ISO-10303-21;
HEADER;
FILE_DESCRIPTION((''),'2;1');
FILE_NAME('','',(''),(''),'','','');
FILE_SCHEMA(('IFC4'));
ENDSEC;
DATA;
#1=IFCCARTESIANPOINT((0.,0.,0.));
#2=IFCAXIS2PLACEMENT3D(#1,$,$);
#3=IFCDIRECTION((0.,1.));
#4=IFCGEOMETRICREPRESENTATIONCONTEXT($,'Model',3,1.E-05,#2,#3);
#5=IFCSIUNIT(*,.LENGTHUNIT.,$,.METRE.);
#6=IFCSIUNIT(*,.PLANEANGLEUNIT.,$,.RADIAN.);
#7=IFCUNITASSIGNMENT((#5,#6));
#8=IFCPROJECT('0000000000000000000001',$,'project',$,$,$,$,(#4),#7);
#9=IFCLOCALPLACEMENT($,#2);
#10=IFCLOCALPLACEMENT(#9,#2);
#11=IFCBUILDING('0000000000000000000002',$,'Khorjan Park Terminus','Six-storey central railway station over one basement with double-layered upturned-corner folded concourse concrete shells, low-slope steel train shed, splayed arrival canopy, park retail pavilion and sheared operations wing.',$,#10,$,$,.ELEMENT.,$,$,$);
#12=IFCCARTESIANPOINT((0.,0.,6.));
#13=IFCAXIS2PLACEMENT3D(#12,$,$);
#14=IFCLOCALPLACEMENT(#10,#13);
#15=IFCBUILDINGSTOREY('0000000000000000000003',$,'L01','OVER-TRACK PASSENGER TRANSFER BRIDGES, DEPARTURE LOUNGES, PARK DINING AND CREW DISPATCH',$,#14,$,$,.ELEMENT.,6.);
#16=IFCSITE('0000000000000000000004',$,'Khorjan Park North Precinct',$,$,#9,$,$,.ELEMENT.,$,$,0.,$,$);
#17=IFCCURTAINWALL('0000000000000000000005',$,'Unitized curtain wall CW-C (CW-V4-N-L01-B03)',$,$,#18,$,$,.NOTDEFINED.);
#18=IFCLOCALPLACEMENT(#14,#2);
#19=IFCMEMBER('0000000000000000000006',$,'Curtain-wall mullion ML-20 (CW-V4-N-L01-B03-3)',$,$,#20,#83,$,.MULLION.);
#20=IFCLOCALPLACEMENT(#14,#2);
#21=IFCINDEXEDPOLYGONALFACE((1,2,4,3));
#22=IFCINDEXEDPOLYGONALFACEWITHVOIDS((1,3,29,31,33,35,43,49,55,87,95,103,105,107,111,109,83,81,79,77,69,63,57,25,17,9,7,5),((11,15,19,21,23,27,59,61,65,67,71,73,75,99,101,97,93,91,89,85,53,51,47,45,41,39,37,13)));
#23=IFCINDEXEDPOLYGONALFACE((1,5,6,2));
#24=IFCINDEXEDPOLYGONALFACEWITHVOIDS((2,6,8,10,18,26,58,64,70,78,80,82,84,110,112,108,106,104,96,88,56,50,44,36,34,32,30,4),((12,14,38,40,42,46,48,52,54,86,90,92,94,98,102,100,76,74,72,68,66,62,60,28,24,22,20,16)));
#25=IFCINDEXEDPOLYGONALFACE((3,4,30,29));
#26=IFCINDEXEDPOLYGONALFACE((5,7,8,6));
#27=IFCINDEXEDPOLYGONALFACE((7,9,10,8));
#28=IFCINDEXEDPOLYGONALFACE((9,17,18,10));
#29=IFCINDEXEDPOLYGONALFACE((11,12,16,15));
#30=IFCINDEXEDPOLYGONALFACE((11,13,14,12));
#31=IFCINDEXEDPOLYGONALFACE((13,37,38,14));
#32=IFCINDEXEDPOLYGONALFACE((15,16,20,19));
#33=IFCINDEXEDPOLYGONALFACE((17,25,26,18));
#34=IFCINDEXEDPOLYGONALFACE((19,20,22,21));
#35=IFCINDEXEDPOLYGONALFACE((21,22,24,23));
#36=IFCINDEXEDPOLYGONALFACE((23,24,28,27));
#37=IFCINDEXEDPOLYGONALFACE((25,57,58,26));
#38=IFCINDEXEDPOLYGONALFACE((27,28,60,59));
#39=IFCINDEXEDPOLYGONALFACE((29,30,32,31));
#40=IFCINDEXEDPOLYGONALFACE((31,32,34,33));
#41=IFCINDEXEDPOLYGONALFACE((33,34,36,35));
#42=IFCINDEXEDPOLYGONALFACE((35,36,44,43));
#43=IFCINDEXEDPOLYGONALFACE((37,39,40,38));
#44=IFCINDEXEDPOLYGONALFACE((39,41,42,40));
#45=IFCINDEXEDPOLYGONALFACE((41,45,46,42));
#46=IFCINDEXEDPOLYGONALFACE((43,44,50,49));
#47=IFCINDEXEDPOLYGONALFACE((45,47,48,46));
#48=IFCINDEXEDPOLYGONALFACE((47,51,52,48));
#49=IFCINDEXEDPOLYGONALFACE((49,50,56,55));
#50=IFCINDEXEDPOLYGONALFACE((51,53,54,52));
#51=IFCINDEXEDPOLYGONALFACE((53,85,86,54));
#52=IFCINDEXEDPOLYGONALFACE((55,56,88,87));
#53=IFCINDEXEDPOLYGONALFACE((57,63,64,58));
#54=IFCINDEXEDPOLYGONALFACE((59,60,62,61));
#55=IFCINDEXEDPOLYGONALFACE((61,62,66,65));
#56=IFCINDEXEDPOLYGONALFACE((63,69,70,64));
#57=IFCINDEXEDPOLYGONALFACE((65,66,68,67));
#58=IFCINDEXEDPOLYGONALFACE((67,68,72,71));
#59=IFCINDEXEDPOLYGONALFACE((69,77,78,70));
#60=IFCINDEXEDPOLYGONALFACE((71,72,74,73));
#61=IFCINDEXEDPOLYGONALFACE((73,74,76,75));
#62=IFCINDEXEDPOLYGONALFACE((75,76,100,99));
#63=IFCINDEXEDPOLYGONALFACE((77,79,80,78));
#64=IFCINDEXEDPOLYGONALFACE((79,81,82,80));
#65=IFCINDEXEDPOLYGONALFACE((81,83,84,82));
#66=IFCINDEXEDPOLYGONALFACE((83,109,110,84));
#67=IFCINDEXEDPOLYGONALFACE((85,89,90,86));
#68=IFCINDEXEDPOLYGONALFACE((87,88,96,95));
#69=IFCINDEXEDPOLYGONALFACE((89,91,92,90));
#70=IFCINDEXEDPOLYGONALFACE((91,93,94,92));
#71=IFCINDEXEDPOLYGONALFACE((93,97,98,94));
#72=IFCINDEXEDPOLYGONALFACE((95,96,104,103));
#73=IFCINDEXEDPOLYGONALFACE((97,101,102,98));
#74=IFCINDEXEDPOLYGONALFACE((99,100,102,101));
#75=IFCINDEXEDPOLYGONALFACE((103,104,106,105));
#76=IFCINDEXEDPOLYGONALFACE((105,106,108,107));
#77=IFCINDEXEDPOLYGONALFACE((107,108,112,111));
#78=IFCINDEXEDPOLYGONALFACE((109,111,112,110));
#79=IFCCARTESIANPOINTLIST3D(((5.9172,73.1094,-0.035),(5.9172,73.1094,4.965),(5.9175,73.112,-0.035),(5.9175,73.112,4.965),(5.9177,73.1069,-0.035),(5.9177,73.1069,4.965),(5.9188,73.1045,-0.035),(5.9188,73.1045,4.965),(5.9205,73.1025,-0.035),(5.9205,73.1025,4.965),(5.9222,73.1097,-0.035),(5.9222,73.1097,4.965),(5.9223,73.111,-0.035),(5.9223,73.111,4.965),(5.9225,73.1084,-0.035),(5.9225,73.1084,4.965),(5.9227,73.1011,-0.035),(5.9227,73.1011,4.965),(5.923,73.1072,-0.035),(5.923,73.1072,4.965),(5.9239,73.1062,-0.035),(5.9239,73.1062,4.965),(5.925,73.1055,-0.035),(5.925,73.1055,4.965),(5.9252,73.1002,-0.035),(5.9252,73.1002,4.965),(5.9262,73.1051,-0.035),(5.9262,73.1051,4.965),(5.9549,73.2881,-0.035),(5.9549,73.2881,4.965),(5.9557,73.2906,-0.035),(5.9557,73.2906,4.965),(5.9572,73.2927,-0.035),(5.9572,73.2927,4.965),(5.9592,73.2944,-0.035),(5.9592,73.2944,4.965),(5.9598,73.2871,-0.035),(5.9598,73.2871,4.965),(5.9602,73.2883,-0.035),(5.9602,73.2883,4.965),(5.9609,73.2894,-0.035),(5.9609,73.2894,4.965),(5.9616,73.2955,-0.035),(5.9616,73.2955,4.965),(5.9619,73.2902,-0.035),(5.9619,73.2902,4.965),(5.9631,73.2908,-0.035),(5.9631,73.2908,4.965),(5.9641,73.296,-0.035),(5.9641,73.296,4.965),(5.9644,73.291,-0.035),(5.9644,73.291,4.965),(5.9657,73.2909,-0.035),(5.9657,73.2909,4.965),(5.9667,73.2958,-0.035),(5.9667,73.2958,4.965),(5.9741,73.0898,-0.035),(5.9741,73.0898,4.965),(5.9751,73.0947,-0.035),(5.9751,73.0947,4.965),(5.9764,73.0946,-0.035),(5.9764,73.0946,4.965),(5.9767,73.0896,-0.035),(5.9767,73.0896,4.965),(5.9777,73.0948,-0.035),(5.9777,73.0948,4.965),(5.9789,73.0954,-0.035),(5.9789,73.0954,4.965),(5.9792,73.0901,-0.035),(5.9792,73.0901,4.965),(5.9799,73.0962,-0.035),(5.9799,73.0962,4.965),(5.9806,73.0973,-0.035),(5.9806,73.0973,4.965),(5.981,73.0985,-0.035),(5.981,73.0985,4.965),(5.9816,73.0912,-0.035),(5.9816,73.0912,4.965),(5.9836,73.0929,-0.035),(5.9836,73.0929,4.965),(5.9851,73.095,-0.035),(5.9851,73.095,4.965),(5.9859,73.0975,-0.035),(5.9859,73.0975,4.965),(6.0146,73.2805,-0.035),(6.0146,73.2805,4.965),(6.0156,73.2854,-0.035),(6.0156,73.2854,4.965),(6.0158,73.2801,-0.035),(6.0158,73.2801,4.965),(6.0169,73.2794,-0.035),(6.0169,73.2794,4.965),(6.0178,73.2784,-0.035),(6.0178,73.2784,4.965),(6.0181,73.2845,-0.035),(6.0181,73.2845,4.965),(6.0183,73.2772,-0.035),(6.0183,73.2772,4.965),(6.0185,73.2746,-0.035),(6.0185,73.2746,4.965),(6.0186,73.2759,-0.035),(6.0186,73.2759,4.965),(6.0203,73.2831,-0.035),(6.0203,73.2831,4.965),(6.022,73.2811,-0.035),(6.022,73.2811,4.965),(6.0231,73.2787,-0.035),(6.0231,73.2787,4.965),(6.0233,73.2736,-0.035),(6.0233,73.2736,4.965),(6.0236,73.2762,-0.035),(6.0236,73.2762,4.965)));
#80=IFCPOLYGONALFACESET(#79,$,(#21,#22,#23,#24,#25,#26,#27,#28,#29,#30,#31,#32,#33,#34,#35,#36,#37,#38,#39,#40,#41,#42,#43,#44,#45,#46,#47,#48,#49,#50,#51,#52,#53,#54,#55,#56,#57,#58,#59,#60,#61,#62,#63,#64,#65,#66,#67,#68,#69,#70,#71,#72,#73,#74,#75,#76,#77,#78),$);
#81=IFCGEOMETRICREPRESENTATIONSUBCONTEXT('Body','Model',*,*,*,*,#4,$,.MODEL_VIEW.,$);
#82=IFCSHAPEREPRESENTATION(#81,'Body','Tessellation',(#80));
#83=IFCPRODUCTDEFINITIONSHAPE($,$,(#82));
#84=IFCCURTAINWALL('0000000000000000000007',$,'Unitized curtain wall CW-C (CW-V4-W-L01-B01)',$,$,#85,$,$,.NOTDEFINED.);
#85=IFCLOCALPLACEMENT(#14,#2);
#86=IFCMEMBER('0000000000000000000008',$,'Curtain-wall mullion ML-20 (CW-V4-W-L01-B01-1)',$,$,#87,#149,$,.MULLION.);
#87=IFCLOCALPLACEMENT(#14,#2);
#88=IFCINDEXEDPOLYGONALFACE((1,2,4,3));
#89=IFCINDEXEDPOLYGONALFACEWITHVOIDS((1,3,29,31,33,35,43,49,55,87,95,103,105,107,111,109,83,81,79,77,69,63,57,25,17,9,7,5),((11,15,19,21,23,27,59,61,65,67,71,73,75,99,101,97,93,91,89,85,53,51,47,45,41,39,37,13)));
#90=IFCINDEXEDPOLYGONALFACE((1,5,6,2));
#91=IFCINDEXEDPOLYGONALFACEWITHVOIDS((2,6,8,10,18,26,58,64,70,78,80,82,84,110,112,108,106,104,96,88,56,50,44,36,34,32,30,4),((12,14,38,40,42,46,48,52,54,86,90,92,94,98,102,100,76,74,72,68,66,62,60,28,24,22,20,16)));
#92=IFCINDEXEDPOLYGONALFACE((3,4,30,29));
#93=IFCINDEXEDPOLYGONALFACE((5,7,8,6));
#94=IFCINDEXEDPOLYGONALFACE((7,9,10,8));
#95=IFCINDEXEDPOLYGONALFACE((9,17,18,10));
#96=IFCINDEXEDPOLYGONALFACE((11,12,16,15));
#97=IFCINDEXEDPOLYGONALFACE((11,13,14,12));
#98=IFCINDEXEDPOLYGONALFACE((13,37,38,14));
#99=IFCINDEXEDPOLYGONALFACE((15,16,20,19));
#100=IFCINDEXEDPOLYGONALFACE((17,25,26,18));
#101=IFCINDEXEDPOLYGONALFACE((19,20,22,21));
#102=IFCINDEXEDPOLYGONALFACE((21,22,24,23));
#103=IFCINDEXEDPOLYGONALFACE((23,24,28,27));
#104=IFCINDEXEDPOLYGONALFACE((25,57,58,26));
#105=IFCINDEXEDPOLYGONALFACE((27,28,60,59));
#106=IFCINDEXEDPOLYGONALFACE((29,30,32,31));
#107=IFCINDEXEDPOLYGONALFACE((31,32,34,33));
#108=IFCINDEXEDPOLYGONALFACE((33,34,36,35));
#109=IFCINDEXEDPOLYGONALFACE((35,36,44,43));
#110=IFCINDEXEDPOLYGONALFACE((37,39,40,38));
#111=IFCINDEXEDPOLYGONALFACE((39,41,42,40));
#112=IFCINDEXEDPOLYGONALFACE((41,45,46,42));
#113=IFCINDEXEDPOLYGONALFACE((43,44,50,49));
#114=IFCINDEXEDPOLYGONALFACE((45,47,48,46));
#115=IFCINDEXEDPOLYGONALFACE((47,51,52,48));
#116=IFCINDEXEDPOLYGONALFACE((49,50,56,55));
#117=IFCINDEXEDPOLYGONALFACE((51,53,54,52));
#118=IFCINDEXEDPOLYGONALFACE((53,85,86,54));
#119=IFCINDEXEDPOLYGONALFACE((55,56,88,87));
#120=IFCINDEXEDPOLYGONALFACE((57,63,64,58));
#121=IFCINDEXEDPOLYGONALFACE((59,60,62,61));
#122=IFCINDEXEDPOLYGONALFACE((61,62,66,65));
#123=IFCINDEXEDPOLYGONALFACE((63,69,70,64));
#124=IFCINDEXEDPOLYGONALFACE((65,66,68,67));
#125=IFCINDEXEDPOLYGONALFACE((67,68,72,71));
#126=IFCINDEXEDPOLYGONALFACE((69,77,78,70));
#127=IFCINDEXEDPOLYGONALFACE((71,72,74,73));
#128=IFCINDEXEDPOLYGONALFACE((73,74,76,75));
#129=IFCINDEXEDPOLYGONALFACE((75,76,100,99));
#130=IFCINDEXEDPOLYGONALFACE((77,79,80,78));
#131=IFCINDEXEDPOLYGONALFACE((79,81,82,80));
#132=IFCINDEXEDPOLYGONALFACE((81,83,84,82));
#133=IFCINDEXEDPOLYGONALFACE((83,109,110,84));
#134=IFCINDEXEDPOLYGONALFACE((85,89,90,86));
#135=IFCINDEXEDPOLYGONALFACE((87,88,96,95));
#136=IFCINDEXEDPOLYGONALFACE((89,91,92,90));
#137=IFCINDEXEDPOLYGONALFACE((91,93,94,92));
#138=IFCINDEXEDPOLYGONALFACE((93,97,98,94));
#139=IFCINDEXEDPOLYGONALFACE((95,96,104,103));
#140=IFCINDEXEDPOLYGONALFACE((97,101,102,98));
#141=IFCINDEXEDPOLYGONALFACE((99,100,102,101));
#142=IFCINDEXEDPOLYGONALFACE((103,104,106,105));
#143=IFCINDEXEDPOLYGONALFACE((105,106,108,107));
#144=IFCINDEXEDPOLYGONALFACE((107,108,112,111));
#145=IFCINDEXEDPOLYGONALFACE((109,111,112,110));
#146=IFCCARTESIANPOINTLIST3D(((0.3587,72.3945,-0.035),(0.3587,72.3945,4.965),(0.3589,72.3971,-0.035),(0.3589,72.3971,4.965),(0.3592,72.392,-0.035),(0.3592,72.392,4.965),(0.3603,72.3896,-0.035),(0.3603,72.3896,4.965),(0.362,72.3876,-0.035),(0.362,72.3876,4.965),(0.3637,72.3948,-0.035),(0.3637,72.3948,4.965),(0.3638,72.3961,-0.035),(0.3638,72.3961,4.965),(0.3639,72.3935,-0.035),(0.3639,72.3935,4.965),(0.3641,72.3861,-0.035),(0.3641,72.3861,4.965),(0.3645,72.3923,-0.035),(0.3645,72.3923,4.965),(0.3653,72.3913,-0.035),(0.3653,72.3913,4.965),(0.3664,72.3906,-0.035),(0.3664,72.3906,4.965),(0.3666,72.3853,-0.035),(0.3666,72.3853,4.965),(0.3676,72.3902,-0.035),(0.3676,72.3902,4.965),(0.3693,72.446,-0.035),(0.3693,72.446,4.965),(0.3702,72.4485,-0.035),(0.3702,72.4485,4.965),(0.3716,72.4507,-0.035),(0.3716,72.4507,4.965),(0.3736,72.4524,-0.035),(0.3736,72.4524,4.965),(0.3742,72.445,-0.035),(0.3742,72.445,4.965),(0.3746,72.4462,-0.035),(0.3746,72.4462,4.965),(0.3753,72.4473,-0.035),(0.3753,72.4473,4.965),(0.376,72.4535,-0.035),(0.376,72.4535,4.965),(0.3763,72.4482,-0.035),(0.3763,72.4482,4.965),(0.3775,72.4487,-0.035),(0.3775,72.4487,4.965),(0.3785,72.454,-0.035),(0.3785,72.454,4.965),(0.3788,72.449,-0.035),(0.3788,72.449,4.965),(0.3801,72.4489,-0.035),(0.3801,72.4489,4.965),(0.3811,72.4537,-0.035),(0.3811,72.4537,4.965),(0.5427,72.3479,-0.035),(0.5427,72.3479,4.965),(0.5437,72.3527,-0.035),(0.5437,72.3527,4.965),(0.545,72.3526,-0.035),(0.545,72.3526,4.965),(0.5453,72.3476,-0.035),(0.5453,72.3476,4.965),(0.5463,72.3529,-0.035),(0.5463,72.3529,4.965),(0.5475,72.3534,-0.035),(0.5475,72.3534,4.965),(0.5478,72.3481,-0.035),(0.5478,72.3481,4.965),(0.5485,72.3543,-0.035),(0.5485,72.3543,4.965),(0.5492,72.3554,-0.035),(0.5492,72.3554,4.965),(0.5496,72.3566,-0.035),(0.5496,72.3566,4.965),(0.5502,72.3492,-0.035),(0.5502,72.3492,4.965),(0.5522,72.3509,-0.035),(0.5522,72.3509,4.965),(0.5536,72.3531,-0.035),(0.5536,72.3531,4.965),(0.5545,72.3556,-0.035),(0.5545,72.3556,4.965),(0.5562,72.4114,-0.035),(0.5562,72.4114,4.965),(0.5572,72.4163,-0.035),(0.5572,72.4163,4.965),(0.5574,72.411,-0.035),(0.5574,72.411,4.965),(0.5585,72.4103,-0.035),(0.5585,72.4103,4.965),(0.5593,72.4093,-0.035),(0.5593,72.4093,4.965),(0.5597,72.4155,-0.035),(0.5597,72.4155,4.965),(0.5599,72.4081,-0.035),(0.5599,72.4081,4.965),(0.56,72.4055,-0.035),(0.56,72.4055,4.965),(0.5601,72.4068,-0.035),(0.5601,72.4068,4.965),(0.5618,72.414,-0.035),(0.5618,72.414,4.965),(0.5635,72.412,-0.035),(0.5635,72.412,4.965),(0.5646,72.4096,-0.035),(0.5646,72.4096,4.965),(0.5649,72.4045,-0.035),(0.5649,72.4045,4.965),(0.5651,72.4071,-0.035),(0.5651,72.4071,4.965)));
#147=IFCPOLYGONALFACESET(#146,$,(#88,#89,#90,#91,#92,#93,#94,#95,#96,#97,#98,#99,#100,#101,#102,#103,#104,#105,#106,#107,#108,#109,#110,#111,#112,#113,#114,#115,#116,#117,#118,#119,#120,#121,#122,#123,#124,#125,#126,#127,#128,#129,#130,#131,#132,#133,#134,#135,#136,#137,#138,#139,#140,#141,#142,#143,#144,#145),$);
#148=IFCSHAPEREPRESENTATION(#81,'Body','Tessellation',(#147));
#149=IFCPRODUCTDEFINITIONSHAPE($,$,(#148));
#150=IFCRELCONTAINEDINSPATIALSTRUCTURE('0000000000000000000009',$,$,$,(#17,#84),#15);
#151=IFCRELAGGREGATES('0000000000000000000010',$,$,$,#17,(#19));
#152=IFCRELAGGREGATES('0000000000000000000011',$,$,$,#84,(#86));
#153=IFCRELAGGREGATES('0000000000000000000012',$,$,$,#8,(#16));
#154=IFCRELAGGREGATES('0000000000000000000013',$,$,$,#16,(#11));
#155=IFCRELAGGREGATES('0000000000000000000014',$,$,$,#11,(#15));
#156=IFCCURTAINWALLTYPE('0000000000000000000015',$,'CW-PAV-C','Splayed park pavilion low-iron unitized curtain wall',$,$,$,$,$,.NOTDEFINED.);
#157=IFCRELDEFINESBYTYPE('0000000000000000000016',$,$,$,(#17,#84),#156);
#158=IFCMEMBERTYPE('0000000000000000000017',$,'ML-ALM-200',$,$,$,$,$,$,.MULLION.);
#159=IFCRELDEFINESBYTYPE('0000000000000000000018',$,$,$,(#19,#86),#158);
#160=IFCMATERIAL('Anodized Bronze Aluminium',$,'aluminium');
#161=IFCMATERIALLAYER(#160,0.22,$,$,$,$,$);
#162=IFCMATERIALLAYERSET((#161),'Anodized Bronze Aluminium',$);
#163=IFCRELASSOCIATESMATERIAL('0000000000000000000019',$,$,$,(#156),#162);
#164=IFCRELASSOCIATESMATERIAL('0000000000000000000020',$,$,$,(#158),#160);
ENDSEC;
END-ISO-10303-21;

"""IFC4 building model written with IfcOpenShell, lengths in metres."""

from ifc_helpers import new_model, si_unit, direction, frame, origin, origin_2d, place, context, subcontext, project, spatial, hollow_rectangle, extrude, material, layer, layer_set, material_profile, profile_set, type_object, element, aggregate, save


model = new_model("IFC4")

# Units and contexts
model_context = context("Model", 3, precision=1e-05, world=origin(), true_north=direction((0.0, 1.0)))
body_context = subcontext(model_context, "Body", "Model", "MODEL_VIEW")
ifc_project = project(units=[si_unit("LENGTHUNIT", "METRE"), si_unit("PLANEANGLEUNIT", "RADIAN")], contexts=[model_context])

# Site, building, storey
site_placement = place(None, origin())
site = spatial("IfcSite", under=ifc_project, at=site_placement, Name="Khorjan Park North Precinct", CompositionType="ELEMENT", RefElevation=0.0)
building_placement = place(site_placement, origin())
building = spatial("IfcBuilding", under=site, at=building_placement, Name="Khorjan Park Terminus", Description="Six-storey central railway station over one basement with double-layered upturned-corner folded concourse concrete shells, low-slope steel train shed, splayed arrival canopy, park retail pavilion and sheared operations wing.", CompositionType="ELEMENT")
storey_placement = place(building_placement, frame((0.0, 0.0, 6.0)))
storey = spatial("IfcBuildingStorey", under=building, at=storey_placement, Name="L01", Description="OVER-TRACK PASSENGER TRANSFER BRIDGES, DEPARTURE LOUNGES, PARK DINING AND CREW DISPATCH", CompositionType="ELEMENT", Elevation=6.0)

# Curtain wall, member
ifc_material_1 = material(Name="Anodized Bronze Aluminium", Category="aluminium")
ifc_layer_1 = layer(ifc_material_1, 0.22)
ifc_layer_set_1 = layer_set([ifc_layer_1], Name="Anodized Bronze Aluminium")
curtain_wall_type = type_object("IfcCurtainWallType", Name="CW-PAV-C", Description="Splayed park pavilion low-iron unitized curtain wall", PredefinedType="NOTDEFINED", material=ifc_layer_set_1)
curtain_wall_1_placement = place(storey_placement, origin())
curtain_wall_1 = element("IfcCurtainWall", 1, at=curtain_wall_1_placement, inside=storey, type_object=curtain_wall_type, Name="Unitized curtain wall CW-C (CW-V4-N-L01-B03)", PredefinedType="NOTDEFINED")
ifc_material_profile_1 = material_profile(ifc_material_1, hollow_rectangle(XDim=0.07, YDim=0.2, WallThickness=0.005, InnerFilletRadius=0.005, OuterFilletRadius=0.01, at=origin_2d()), Name="ALM 70x200x5")
ifc_profile_set_1 = profile_set([ifc_material_profile_1], Name="Anodized Bronze Aluminium")
member_type_1 = type_object("IfcMemberType", Name="ML-ALM-200", PredefinedType="MULLION", material=ifc_profile_set_1)
member_1_placement = place(storey_placement, frame((5.9704, 73.1928, -0.035), z_axis=(0.0, 0.0, 1.0), x_axis=(-0.978146, 0.207917, 0.0)))
member_1 = element("IfcMember", 2, at=member_1_placement, type_object=member_type_1, Name="Curtain-wall mullion ML-20 (CW-V4-N-L01-B03-3)", PredefinedType="MULLION", context=body_context, shape_type="SweptSolid", body=[
    extrude(hollow_rectangle(XDim=0.07, YDim=0.2, WallThickness=0.005, InnerFilletRadius=0.005, OuterFilletRadius=0.01, at=origin_2d()), origin(), (0.0, 0.0, 1.0), 5.0),
])

# Curtain wall, member
curtain_wall_2_placement = place(storey_placement, origin())
curtain_wall_2 = element("IfcCurtainWall", 3, at=curtain_wall_2_placement, inside=storey, type_object=curtain_wall_type, Name="Unitized curtain wall CW-C (CW-V4-W-L01-B01)", PredefinedType="NOTDEFINED")
member_2_placement = place(storey_placement, frame((0.4619, 72.4008, -0.035), z_axis=(0.0, 0.0, 1.0), x_axis=(-0.207907, -0.978149, 0.0)))
member_2 = element("IfcMember", 4, at=member_2_placement, type_object=member_type_1, Name="Curtain-wall mullion ML-20 (CW-V4-W-L01-B01-1)", PredefinedType="MULLION", context=body_context, shape_type="SweptSolid", body=[
    extrude(hollow_rectangle(XDim=0.07, YDim=0.2, WallThickness=0.005, InnerFilletRadius=0.005, OuterFilletRadius=0.01, at=origin_2d()), origin(), (0.0, 0.0, 1.0), 5.0),
])

aggregate(curtain_wall_1, [member_1])
aggregate(curtain_wall_2, [member_2])

save(model, "model.ifc")
